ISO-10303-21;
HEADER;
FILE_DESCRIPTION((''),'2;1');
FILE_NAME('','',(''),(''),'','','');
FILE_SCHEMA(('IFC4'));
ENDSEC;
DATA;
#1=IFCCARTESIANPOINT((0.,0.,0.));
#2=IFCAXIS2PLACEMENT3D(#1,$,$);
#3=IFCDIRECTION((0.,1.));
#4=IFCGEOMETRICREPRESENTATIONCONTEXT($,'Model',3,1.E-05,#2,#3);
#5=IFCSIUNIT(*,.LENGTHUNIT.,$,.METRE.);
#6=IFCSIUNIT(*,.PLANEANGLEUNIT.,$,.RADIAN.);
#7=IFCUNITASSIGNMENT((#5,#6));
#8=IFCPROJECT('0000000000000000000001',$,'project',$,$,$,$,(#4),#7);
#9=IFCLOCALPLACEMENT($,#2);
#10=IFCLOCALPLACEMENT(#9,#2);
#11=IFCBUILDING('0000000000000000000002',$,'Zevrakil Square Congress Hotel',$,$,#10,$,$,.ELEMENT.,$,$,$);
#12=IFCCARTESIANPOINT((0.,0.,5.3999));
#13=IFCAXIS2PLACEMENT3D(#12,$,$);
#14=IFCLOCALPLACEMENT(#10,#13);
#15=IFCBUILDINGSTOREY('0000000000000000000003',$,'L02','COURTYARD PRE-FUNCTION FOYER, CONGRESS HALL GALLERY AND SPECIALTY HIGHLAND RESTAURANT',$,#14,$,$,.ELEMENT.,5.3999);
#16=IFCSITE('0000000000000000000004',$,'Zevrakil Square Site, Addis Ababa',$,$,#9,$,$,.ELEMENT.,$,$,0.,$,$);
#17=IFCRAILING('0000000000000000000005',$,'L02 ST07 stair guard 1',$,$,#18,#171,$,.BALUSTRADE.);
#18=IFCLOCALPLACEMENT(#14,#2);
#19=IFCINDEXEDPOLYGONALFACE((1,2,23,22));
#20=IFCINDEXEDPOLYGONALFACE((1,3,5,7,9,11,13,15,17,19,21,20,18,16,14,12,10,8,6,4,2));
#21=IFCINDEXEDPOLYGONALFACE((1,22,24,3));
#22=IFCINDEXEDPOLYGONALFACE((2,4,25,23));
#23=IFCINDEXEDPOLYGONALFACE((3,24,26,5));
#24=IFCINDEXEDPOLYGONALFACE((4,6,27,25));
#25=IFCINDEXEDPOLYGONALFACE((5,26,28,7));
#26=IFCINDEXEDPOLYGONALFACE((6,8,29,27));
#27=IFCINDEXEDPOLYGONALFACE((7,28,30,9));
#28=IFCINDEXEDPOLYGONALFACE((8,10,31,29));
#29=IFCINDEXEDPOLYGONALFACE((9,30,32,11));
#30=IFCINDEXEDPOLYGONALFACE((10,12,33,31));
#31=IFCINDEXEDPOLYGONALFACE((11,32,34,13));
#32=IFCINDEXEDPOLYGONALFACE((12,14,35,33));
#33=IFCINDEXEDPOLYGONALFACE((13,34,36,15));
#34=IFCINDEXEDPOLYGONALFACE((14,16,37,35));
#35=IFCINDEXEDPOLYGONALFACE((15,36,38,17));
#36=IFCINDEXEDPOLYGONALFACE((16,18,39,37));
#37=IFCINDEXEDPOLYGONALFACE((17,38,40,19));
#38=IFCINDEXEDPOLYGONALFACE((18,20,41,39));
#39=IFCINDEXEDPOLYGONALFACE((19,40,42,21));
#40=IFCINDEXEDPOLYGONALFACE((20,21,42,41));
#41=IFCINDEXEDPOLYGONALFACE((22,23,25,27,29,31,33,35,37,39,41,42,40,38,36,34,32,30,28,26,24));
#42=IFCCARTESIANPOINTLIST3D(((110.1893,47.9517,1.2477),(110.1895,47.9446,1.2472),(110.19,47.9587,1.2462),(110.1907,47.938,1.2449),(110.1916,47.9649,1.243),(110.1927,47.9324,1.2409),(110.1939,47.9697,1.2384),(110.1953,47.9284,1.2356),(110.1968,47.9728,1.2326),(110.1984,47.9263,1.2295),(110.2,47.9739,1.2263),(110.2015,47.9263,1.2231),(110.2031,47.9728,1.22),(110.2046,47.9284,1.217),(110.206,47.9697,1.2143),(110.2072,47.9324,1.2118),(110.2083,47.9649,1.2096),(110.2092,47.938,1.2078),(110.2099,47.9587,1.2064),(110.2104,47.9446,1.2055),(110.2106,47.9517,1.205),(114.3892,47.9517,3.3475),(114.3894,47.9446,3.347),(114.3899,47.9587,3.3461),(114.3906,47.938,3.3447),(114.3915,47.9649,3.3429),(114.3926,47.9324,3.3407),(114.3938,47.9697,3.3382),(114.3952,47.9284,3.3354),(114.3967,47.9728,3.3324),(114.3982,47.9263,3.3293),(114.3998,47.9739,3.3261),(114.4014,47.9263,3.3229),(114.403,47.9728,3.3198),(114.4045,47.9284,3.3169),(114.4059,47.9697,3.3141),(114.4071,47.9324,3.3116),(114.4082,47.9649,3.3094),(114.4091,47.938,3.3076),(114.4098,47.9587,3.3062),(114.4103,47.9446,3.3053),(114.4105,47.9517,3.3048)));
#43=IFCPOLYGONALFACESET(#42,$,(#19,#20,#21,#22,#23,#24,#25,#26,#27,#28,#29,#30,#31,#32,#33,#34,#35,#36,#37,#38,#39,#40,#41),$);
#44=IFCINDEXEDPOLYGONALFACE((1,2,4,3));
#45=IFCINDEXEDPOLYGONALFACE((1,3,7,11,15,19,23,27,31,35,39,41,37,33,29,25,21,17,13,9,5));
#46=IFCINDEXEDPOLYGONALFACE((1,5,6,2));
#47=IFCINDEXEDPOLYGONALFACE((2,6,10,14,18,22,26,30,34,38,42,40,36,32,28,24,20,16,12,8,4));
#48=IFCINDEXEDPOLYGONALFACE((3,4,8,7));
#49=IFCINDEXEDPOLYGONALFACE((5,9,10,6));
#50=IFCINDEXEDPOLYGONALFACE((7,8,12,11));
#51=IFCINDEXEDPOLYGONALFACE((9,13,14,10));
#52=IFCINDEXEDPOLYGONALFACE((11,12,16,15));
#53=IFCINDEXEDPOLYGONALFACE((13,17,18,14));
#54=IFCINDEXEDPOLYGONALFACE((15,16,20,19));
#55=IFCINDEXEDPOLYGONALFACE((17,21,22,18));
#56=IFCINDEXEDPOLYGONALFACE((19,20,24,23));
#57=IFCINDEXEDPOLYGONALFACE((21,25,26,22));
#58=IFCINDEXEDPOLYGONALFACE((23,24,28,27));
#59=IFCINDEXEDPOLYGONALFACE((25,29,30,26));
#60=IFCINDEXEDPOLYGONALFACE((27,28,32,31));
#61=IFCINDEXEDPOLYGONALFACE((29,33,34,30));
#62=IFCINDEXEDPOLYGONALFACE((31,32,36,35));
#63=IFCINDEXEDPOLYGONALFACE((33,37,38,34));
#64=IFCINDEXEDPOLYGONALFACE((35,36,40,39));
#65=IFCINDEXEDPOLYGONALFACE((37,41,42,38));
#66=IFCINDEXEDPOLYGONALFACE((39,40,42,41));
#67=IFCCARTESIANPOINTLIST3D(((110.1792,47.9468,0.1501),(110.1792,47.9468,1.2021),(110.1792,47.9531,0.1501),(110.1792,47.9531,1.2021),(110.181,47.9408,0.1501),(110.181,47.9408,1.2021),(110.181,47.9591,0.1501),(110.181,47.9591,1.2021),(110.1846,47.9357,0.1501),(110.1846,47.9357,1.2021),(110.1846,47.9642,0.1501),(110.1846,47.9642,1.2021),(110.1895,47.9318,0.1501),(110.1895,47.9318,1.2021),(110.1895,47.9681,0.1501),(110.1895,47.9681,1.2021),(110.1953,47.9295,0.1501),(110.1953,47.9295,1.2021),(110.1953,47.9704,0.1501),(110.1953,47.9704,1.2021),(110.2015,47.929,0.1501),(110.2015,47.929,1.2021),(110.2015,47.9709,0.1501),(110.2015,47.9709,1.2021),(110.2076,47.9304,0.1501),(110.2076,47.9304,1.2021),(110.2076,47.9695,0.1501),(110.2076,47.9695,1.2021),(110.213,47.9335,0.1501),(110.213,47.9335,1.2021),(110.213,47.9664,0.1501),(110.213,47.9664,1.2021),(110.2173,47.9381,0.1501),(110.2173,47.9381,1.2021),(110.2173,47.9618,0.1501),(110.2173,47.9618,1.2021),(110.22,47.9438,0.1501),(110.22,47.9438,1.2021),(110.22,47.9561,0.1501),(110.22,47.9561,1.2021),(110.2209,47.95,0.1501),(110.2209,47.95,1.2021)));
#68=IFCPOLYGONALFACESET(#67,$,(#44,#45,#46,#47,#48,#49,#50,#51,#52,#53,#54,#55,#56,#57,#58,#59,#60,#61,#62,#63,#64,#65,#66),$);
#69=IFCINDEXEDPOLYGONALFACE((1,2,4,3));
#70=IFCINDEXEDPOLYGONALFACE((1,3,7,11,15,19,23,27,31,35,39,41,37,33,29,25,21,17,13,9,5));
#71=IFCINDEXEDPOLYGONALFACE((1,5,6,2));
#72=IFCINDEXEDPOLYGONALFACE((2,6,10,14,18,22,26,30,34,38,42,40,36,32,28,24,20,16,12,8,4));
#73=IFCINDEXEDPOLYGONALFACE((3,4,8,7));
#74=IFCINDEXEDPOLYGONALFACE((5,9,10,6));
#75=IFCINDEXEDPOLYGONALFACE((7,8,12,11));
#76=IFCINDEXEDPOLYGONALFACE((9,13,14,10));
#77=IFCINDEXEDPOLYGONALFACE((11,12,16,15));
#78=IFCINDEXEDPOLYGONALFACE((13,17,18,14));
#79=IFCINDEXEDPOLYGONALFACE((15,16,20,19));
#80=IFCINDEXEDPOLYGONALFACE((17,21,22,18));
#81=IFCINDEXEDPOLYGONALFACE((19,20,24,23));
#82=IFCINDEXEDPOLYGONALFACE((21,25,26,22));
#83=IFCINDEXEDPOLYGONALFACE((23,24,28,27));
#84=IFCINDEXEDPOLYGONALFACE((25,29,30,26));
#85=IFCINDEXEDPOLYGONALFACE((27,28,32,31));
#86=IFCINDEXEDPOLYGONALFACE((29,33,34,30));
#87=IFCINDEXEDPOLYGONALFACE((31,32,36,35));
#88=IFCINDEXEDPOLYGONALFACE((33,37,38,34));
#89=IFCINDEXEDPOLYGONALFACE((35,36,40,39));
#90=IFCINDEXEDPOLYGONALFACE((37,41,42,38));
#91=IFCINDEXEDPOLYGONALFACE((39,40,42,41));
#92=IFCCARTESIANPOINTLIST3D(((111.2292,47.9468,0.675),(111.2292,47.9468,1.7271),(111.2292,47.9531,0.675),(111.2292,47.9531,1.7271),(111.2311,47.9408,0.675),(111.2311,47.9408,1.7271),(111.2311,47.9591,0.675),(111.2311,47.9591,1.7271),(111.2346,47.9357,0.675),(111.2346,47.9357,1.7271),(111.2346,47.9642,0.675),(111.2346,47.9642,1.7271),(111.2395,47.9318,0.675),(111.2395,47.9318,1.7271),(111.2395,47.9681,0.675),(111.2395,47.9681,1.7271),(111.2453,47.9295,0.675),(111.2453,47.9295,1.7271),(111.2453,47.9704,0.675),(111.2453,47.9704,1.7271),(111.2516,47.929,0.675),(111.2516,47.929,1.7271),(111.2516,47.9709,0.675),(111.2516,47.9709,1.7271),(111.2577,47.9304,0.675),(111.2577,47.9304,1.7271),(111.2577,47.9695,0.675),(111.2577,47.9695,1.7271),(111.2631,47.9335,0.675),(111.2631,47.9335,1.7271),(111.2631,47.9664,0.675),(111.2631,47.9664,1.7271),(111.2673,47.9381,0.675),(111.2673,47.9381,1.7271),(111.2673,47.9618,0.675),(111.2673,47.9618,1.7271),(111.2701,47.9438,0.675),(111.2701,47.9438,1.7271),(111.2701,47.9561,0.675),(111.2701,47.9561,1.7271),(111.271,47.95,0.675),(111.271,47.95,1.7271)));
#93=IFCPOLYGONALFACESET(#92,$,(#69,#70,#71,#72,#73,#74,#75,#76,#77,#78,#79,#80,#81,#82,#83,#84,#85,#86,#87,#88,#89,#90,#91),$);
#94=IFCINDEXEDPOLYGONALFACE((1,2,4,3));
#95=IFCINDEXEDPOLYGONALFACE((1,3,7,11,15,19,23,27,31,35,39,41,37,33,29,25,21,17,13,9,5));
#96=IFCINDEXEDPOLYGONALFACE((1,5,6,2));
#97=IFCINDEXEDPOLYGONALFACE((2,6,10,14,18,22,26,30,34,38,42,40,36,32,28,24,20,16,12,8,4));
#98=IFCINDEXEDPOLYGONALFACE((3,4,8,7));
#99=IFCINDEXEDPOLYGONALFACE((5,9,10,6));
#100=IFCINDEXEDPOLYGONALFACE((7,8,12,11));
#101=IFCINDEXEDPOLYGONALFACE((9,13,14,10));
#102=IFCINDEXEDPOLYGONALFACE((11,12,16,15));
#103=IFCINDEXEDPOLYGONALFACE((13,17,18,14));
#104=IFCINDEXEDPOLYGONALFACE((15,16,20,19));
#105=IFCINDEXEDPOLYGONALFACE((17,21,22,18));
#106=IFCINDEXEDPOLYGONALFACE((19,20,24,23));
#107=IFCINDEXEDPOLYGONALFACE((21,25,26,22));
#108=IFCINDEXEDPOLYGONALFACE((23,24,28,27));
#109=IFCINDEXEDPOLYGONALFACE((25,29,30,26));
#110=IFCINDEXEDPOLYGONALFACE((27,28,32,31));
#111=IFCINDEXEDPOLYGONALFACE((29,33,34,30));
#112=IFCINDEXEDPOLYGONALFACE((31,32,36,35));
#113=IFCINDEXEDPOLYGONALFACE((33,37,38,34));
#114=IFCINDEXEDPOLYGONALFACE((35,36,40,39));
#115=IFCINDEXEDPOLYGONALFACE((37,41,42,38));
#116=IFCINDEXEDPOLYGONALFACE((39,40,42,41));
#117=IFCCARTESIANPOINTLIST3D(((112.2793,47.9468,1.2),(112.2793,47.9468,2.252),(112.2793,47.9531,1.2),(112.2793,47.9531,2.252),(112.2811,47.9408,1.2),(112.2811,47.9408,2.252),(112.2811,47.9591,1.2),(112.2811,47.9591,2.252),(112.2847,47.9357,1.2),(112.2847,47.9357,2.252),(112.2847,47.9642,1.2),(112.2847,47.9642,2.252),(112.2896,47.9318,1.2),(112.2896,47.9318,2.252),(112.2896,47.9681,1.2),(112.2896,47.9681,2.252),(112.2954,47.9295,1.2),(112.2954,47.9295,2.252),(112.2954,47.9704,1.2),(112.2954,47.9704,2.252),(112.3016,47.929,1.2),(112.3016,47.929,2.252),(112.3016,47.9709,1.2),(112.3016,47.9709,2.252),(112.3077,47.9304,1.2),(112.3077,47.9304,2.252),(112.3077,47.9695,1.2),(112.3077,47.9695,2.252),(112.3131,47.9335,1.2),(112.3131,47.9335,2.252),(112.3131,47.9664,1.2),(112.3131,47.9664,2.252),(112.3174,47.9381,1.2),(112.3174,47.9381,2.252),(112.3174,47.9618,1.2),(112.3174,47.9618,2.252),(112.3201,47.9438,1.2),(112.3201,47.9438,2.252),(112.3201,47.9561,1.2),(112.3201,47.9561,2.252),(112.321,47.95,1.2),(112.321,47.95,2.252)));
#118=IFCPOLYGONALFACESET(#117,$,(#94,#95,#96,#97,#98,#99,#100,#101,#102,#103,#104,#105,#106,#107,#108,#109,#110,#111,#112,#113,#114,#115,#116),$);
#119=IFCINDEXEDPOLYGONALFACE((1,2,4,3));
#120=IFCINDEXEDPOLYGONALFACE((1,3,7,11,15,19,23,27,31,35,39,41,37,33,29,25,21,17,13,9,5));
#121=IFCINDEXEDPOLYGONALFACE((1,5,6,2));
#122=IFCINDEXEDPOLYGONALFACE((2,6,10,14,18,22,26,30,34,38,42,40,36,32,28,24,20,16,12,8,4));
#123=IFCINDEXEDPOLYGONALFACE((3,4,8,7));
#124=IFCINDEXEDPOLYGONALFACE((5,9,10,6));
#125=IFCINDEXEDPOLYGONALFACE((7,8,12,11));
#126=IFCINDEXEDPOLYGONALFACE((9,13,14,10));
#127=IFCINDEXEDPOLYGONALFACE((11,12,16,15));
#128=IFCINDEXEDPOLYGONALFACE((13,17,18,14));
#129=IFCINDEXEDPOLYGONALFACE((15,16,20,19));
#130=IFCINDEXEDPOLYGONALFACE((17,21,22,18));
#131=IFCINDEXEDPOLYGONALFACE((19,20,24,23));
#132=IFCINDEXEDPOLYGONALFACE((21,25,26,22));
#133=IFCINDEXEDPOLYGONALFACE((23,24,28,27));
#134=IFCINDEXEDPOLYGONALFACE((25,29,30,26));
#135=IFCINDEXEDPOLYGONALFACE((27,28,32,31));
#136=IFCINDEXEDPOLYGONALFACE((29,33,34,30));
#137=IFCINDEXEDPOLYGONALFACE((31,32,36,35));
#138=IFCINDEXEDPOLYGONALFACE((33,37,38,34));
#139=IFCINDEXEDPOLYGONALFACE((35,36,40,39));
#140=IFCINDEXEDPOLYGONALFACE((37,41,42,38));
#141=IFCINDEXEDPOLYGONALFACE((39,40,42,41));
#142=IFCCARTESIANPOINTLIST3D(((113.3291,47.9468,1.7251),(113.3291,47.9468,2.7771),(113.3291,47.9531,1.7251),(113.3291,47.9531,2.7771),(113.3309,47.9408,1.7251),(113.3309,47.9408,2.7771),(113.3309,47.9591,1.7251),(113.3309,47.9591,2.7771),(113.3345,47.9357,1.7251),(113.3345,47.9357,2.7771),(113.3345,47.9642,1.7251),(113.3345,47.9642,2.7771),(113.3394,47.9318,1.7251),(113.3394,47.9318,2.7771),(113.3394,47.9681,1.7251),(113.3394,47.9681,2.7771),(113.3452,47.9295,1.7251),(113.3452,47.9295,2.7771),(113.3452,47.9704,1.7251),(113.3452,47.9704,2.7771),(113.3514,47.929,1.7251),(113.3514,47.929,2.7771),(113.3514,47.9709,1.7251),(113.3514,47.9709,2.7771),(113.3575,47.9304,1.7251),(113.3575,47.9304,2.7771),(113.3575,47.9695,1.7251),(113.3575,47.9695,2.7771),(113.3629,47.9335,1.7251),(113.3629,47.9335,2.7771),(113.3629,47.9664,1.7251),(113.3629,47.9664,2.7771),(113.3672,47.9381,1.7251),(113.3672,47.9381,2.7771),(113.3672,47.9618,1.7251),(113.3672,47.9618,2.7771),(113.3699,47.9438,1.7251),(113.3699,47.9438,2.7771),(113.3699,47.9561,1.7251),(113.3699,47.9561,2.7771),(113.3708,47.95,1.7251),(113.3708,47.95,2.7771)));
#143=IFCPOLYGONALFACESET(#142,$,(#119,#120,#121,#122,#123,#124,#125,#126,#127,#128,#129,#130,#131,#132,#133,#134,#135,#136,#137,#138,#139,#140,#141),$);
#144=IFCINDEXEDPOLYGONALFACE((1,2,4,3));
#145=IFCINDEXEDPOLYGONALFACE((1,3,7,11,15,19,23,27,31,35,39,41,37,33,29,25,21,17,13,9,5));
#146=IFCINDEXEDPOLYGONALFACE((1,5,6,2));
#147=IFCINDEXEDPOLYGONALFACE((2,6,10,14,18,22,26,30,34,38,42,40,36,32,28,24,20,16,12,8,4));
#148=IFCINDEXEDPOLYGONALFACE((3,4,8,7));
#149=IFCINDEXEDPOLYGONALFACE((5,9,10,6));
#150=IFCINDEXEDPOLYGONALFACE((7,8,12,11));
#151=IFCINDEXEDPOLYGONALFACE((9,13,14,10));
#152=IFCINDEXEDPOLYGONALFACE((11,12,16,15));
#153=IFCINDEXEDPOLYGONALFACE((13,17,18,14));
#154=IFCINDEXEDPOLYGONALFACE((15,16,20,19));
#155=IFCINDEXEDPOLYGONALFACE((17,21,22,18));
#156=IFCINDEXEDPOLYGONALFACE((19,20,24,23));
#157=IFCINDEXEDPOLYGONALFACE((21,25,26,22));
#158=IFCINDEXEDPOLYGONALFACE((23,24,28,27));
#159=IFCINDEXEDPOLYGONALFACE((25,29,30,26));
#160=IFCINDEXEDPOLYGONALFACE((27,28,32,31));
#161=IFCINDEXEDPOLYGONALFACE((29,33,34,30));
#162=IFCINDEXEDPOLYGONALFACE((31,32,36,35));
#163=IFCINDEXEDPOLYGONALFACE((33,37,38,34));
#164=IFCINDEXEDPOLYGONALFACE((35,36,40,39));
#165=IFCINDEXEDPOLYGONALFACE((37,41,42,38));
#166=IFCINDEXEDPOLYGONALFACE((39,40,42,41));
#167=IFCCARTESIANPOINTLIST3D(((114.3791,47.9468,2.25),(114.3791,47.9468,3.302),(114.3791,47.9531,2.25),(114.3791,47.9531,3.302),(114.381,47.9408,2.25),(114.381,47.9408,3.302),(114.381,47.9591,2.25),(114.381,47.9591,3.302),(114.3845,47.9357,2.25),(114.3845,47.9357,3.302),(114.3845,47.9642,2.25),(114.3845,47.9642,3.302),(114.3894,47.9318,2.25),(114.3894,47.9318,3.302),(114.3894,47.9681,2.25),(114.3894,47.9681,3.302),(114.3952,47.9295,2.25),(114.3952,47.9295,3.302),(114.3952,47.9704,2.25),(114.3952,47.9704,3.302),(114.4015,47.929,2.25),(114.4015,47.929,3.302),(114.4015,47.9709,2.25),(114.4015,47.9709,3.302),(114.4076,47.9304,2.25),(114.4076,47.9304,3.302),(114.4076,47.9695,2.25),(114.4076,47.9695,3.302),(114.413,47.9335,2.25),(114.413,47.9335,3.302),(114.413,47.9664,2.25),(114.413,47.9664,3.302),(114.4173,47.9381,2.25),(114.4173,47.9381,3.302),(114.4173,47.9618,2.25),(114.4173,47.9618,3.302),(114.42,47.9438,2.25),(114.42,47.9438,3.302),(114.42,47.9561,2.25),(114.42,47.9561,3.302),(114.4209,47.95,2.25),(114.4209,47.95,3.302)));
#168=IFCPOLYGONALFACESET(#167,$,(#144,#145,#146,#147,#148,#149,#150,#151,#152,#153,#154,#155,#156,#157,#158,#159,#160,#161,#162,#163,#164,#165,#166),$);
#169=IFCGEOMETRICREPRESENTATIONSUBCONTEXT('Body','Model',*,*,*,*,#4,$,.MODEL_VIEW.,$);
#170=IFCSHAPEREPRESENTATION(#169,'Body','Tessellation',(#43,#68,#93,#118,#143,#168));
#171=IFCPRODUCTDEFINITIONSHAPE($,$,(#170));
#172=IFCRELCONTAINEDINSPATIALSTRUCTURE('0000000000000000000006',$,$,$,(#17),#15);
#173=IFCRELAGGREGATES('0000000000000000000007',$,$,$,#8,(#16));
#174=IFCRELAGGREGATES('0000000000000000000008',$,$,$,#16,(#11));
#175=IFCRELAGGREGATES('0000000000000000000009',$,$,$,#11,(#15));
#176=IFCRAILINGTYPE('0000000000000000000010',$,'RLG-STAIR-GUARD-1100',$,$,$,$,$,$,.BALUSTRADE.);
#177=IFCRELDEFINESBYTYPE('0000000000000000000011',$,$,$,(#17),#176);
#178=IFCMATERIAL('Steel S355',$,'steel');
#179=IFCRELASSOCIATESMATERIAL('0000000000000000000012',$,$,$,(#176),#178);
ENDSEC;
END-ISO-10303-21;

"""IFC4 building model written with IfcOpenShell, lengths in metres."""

from ifc_helpers import new_model, si_unit, direction, frame, origin, origin_2d, place, context, subcontext, project, spatial, circle, extrude, material, type_object, element, save


model = new_model("IFC4")

# Units and contexts
model_context = context("Model", 3, precision=1e-05, world=origin(), true_north=direction((0.0, 1.0)))
body_context = subcontext(model_context, "Body", "Model", "MODEL_VIEW")
ifc_project = project(units=[si_unit("LENGTHUNIT", "METRE"), si_unit("PLANEANGLEUNIT", "RADIAN")], contexts=[model_context])

# Site, building, storey
site_placement = place(None, origin())
site = spatial("IfcSite", under=ifc_project, at=site_placement, Name="Zevrakil Square Site, Addis Ababa", CompositionType="ELEMENT", RefElevation=0.0)
building_placement = place(site_placement, origin())
building = spatial("IfcBuilding", under=site, at=building_placement, Name="Zevrakil Square Congress Hotel", CompositionType="ELEMENT")
storey_placement = place(building_placement, frame((0.0, 0.0, 5.3999)))
storey = spatial("IfcBuildingStorey", under=building, at=storey_placement, Name="L02", Description="COURTYARD PRE-FUNCTION FOYER, CONGRESS HALL GALLERY AND SPECIALTY HIGHLAND RESTAURANT", CompositionType="ELEMENT", Elevation=5.3999)

# Railing
ifc_material_1 = material(Name="Steel S355", Category="steel")
railing_type_1 = type_object("IfcRailingType", Name="RLG-STAIR-GUARD-1100", PredefinedType="BALUSTRADE", material=ifc_material_1)
railing_1_placement = place(storey_placement, frame((110.2, 47.95, 0.1501)))
element("IfcRailing", 1, at=railing_1_placement, inside=storey, type_object=railing_type_1, Name="L02 ST07 stair guard 1", PredefinedType="BALUSTRADE", context=body_context, shape_type="SweptSolid", body=[
    extrude(circle(Radius=0.0239, at=origin_2d()), frame((0.0, 0.0, 1.0762), z_axis=(0.894438, 0.0, 0.447193), x_axis=(0.0, 1.0, 0.0)), (0.0, 0.0, 1.0), 4.6956),
    extrude(circle(Radius=0.021, at=origin_2d()), origin(), (0.0, 0.0, 1.0), 1.052),
    extrude(circle(Radius=0.021, at=origin_2d()), frame((1.05, 0.0, 0.5249)), (0.0, 0.0, 1.0), 1.052),
    extrude(circle(Radius=0.021, at=origin_2d()), frame((2.1001, 0.0, 1.0498)), (0.0, 0.0, 1.0), 1.052),
    extrude(circle(Radius=0.021, at=origin_2d()), frame((3.1499, 0.0, 1.575)), (0.0, 0.0, 1.0), 1.052),
    extrude(circle(Radius=0.021, at=origin_2d()), frame((4.2, 0.0, 2.0999)), (0.0, 0.0, 1.0), 1.052),
])

save(model, "model.ifc")
